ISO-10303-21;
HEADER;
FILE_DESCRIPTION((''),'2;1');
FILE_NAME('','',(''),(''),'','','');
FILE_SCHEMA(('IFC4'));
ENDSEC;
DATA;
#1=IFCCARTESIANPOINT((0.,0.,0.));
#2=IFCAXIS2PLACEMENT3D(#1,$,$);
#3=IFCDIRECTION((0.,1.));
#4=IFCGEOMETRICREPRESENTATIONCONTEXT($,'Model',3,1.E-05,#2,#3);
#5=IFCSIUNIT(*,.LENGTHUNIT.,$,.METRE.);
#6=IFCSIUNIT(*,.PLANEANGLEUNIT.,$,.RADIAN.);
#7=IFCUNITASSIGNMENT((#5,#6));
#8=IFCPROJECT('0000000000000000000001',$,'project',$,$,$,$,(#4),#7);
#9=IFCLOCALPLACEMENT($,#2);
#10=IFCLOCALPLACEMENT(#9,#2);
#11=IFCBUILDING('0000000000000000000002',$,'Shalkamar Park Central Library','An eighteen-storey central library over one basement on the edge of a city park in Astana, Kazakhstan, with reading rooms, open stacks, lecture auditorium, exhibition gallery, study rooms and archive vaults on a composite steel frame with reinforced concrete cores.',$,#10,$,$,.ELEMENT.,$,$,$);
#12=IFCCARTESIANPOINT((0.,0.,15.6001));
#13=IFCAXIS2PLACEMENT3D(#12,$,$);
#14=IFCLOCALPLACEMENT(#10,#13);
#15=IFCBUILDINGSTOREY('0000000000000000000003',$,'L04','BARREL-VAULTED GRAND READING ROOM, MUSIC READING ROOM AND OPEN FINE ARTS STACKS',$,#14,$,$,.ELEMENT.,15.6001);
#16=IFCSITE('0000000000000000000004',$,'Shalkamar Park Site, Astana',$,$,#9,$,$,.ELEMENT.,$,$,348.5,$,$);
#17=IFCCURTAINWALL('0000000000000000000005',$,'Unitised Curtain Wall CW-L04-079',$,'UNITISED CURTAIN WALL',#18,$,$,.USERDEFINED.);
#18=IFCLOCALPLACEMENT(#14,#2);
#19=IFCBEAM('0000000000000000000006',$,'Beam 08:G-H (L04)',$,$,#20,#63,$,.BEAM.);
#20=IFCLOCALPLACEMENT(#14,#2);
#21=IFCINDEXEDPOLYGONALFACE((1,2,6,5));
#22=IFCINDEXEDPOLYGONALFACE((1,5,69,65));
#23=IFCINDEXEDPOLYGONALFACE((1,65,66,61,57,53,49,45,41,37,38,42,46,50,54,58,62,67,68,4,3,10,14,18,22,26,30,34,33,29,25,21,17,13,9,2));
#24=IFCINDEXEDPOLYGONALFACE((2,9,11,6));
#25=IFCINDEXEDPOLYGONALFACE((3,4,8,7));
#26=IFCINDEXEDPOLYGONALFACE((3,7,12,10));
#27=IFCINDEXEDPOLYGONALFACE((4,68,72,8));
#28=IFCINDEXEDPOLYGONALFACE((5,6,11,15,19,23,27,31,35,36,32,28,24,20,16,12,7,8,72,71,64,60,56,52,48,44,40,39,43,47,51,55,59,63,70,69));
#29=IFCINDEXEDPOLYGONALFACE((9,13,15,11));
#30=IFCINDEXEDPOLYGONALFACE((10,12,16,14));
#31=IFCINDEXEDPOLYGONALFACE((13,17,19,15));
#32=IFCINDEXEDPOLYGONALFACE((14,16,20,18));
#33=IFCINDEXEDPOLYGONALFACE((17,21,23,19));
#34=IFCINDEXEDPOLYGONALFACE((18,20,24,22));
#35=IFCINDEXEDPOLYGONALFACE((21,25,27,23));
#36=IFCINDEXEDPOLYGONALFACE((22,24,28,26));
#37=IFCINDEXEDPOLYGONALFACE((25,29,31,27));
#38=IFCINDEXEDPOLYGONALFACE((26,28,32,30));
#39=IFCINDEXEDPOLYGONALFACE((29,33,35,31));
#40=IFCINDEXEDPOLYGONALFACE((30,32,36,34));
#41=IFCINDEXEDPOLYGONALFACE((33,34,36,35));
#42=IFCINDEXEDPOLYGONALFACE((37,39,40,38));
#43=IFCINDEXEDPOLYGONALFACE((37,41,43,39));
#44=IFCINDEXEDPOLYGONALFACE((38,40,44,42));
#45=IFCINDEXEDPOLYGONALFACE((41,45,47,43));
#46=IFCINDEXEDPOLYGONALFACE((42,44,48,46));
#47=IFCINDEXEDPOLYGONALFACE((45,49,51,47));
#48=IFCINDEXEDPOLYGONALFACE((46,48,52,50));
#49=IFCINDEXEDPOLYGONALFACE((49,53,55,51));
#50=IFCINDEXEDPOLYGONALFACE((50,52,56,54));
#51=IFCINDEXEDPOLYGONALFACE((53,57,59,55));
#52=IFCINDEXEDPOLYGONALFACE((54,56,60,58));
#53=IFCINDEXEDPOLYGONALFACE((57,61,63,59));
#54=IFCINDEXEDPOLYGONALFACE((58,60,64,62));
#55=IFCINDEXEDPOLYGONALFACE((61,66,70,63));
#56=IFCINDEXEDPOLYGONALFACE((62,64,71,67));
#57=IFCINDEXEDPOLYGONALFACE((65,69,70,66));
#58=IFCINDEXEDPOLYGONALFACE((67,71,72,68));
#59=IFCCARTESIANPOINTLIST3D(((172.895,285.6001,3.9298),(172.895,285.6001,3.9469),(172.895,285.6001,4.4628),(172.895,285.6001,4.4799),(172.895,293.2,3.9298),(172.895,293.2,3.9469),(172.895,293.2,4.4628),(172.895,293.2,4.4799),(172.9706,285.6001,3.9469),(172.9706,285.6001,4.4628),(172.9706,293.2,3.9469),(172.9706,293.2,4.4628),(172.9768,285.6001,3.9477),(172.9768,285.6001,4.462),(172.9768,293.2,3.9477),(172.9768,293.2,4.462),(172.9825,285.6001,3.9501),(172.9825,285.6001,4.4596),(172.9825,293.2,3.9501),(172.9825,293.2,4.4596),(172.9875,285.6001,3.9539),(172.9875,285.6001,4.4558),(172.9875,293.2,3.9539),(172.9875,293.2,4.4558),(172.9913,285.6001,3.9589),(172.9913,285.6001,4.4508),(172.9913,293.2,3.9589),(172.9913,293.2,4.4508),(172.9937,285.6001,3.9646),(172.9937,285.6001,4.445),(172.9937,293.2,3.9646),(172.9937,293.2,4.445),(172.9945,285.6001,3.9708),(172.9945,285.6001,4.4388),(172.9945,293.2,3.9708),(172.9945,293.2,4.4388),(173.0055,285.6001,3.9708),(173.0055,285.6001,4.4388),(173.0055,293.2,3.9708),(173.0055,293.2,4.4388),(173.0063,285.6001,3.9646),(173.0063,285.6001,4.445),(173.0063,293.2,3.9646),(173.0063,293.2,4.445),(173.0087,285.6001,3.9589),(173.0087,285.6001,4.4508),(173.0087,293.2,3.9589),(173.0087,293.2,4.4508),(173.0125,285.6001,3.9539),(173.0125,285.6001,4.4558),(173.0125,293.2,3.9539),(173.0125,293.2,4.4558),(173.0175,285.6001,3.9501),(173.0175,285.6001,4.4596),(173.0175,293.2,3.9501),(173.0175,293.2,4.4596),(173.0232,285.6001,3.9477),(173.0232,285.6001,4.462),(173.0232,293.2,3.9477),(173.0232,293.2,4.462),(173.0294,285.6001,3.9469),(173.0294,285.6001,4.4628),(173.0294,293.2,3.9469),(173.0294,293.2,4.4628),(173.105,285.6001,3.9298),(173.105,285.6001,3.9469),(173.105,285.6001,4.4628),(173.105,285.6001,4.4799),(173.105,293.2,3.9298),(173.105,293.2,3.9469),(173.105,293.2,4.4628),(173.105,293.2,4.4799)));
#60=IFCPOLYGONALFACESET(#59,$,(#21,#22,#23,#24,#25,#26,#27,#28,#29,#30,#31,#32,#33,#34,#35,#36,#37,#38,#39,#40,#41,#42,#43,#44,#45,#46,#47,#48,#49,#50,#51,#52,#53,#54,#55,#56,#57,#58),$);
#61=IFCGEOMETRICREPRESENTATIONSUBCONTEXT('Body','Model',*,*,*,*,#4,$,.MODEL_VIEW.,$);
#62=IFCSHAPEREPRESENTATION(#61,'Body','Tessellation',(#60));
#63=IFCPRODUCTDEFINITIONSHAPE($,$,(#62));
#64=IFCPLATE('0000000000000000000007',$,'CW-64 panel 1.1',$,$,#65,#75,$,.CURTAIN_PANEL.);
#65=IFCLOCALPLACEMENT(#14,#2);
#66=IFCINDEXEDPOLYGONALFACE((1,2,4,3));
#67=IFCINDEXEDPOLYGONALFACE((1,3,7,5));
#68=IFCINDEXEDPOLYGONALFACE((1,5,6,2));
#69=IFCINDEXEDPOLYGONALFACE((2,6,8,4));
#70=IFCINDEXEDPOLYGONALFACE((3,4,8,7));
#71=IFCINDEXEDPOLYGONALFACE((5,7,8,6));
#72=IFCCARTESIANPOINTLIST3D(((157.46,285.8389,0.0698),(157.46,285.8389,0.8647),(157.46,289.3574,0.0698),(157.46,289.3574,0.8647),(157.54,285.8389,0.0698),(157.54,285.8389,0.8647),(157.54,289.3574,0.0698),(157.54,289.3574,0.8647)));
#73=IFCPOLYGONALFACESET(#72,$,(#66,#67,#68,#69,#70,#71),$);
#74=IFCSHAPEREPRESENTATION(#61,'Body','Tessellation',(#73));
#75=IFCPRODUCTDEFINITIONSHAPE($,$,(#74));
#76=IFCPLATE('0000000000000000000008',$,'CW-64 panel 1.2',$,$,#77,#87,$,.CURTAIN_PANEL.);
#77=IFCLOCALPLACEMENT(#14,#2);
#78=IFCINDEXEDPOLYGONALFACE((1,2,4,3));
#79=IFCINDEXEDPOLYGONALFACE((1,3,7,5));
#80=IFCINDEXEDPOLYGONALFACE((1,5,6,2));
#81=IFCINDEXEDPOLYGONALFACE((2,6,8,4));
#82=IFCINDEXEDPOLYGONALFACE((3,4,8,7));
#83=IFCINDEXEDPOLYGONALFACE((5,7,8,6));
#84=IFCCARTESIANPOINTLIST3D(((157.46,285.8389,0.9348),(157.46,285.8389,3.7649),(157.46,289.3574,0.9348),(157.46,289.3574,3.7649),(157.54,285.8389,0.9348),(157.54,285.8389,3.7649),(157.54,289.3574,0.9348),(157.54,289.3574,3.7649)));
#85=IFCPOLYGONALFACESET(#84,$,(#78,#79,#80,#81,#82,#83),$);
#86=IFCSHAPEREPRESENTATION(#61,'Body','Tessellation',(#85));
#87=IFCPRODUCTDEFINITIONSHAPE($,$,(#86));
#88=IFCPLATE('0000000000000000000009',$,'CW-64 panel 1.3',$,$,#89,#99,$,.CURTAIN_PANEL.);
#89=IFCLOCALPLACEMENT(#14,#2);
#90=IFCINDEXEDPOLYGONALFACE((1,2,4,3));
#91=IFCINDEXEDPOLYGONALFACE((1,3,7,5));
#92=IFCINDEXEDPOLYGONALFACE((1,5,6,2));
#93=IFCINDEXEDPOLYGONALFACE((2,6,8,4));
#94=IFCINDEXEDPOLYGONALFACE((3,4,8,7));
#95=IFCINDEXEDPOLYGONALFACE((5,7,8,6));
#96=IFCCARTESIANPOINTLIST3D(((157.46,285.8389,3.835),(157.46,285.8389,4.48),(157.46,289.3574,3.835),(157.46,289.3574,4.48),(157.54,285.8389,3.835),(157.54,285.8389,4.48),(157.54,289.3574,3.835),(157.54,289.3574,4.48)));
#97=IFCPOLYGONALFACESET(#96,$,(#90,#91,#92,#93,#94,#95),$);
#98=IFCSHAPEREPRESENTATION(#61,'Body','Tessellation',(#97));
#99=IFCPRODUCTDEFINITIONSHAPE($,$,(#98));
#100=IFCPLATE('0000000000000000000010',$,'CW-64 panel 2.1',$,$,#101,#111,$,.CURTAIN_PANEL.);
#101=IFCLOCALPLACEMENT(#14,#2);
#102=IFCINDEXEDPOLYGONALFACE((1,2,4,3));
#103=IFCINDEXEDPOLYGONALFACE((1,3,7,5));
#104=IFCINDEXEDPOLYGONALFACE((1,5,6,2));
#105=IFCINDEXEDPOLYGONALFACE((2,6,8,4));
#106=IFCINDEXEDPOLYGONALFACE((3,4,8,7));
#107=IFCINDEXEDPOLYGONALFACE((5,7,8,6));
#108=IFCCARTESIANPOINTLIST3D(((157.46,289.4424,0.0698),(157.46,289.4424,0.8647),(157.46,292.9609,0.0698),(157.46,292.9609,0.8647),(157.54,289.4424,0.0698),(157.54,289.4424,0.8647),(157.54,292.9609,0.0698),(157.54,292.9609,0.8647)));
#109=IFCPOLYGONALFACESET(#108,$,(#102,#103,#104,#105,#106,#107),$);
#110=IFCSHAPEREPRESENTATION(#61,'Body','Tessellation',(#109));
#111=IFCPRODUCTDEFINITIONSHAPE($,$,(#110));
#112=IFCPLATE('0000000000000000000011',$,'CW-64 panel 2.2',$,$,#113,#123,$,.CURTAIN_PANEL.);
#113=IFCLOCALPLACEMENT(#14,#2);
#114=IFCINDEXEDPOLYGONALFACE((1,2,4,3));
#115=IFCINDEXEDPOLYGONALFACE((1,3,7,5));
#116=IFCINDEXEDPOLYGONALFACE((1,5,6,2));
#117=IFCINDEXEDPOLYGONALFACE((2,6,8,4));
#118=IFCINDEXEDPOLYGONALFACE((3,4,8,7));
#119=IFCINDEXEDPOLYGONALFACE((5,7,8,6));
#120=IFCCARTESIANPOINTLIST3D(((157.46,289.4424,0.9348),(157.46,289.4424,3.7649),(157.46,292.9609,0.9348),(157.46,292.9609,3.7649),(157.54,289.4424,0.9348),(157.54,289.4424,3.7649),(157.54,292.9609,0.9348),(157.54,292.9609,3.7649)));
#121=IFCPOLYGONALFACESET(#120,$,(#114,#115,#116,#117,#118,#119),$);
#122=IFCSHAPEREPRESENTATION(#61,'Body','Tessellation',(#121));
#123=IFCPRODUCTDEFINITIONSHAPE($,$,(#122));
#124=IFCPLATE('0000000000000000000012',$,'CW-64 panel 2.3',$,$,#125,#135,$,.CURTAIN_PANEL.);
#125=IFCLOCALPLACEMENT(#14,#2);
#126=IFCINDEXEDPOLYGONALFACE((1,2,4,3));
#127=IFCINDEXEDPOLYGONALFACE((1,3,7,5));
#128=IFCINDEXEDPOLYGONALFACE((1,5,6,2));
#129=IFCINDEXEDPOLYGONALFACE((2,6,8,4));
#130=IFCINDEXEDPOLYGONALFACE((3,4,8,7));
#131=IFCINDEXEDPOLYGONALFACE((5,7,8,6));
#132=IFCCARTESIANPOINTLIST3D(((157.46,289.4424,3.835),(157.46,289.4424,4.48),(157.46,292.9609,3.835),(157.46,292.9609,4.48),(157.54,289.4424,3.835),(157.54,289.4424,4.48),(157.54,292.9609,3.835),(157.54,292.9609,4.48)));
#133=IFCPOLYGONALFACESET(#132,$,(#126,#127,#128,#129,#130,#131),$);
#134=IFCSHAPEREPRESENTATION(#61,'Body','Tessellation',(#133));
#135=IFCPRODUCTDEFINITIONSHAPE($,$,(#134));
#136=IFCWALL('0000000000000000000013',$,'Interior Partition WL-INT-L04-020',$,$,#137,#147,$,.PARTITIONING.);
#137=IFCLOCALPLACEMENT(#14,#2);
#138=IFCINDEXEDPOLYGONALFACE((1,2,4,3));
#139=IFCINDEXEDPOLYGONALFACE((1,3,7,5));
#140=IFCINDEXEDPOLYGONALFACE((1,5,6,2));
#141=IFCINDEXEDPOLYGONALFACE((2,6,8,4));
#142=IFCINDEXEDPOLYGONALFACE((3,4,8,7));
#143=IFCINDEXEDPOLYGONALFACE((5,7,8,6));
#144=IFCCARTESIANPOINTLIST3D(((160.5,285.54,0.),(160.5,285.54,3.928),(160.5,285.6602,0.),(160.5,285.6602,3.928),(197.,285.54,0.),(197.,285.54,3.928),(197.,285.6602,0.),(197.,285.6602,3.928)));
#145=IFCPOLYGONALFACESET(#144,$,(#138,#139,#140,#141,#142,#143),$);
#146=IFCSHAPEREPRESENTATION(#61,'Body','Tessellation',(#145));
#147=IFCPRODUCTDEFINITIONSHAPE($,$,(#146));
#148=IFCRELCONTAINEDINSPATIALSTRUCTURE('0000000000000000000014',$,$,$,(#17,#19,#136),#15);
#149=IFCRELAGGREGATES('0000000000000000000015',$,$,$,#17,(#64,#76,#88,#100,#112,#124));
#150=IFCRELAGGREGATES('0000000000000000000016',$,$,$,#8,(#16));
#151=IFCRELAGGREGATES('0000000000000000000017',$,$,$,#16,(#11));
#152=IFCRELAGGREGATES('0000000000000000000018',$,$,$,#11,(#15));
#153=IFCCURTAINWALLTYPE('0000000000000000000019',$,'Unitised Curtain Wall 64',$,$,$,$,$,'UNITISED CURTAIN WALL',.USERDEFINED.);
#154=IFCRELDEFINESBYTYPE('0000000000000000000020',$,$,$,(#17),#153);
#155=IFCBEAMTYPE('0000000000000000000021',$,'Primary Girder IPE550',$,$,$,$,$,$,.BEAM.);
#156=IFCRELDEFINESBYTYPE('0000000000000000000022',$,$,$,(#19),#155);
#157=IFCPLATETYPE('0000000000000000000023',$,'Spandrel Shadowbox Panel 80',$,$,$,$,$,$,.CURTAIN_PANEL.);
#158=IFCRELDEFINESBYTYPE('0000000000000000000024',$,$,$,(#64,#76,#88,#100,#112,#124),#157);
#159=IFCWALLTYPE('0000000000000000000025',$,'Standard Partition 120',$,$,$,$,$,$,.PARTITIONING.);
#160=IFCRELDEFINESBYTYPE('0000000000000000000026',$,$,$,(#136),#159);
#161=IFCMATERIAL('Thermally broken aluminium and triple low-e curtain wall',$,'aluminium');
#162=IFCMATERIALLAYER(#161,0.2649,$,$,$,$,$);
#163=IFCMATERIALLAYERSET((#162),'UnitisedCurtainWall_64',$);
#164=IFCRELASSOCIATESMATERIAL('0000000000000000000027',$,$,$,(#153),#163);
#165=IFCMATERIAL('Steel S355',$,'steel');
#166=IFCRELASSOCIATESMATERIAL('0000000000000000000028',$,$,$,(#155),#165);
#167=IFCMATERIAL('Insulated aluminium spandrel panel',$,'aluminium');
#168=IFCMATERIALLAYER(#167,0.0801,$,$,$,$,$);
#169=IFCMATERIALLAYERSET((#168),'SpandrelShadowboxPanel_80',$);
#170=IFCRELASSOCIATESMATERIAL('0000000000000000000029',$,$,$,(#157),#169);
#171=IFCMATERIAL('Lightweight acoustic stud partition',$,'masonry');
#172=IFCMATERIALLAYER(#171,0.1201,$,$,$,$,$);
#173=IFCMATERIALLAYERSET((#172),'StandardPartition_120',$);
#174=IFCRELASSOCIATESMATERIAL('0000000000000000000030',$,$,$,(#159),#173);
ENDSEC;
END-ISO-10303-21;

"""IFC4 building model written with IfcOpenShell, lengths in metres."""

from ifc_helpers import new_model, si_unit, direction, frame, frame_2d, origin, origin_2d, place, context, subcontext, project, spatial, rectangle, i_section, extrude, material, layer, layer_set, material_profile, profile_set, type_object, element, aggregate, save


model = new_model("IFC4")

# Units and contexts
model_context = context("Model", 3, precision=1e-05, world=origin(), true_north=direction((0.0, 1.0)))
body_context = subcontext(model_context, "Body", "Model", "MODEL_VIEW")
ifc_project = project(units=[si_unit("LENGTHUNIT", "METRE"), si_unit("PLANEANGLEUNIT", "RADIAN")], contexts=[model_context])

# Site, building, storey
site_placement = place(None, origin())
site = spatial("IfcSite", under=ifc_project, at=site_placement, Name="Shalkamar Park Site, Astana", CompositionType="ELEMENT", RefElevation=348.5)
building_placement = place(site_placement, origin())
building = spatial("IfcBuilding", under=site, at=building_placement, Name="Shalkamar Park Central Library", Description="An eighteen-storey central library over one basement on the edge of a city park in Astana, Kazakhstan, with reading rooms, open stacks, lecture auditorium, exhibition gallery, study rooms and archive vaults on a composite steel frame with reinforced concrete cores.", CompositionType="ELEMENT")
storey_placement = place(building_placement, frame((0.0, 0.0, 15.6001)))
storey = spatial("IfcBuildingStorey", under=building, at=storey_placement, Name="L04", Description="BARREL-VAULTED GRAND READING ROOM, MUSIC READING ROOM AND OPEN FINE ARTS STACKS", CompositionType="ELEMENT", Elevation=15.6001)

# Shared definitions
ifc_material_1 = material(Name="Steel S355", Category="steel")

# Curtain wall
ifc_material_2 = material(Name="Thermally broken aluminium and triple low-e curtain wall", Category="aluminium")
ifc_layer_1 = layer(ifc_material_2, 0.2649)
ifc_layer_set_1 = layer_set([ifc_layer_1], Name="UnitisedCurtainWall_64")
curtain_wall_type = type_object("IfcCurtainWallType", Name="Unitised Curtain Wall 64", ElementType="UNITISED CURTAIN WALL", PredefinedType="USERDEFINED", material=ifc_layer_set_1)
curtain_wall_placement = place(storey_placement, origin())
curtain_wall = element("IfcCurtainWall", 1, at=curtain_wall_placement, inside=storey, type_object=curtain_wall_type, Name="Unitised Curtain Wall CW-L04-079", ObjectType="UNITISED CURTAIN WALL", PredefinedType="USERDEFINED")

# Beam
ifc_material_profile_1 = material_profile(ifc_material_1, i_section(OverallWidth=0.21, OverallDepth=0.55, WebThickness=0.011, FlangeThickness=0.0171, FilletRadius=0.0239, at=origin_2d()), Name="IPE 550")
ifc_profile_set_1 = profile_set([ifc_material_profile_1], Name="Steel S355")
beam_type_1 = type_object("IfcBeamType", Name="Primary Girder IPE550", PredefinedType="BEAM", material=ifc_profile_set_1)
beam_1_placement = place(storey_placement, frame((173.0, 285.6001, 4.2048), z_axis=(0.0, 1.0, 0.0), x_axis=(-1.0, 0.0, 0.0)))
element("IfcBeam", 2, at=beam_1_placement, inside=storey, type_object=beam_type_1, Name="Beam 08:G-H (L04)", PredefinedType="BEAM", context=body_context, shape_type="SweptSolid", body=[
    extrude(i_section(OverallWidth=0.21, OverallDepth=0.55, WebThickness=0.011, FlangeThickness=0.0171, FilletRadius=0.0239, at=origin_2d()), origin(), (0.0, 0.0, 1.0), 7.5999),
])

# Plates
ifc_material_3 = material(Name="Insulated aluminium spandrel panel", Category="aluminium")
ifc_layer_2 = layer(ifc_material_3, 0.0801)
ifc_layer_set_2 = layer_set([ifc_layer_2], Name="SpandrelShadowboxPanel_80")
plate_type = type_object("IfcPlateType", Name="Spandrel Shadowbox Panel 80", PredefinedType="CURTAIN_PANEL", material=ifc_layer_set_2)
plate_1_placement = place(storey_placement, frame((157.5, 287.5981, 0.0698), z_axis=(0.0, 0.0, 1.0), x_axis=(0.0, 1.0, 0.0)))
plate_1 = element("IfcPlate", 3, at=plate_1_placement, type_object=plate_type, Name="CW-64 panel 1.1", PredefinedType="CURTAIN_PANEL", context=body_context, shape_type="SweptSolid", body=[
    extrude(rectangle(XDim=3.5186, YDim=0.0801, at=origin_2d()), origin(), (0.0, 0.0, 1.0), 0.7949),
])
plate_2_placement = place(storey_placement, frame((157.5, 287.5981, 0.9348), z_axis=(0.0, 0.0, 1.0), x_axis=(0.0, 1.0, 0.0)))
plate_2 = element("IfcPlate", 4, at=plate_2_placement, type_object=plate_type, Name="CW-64 panel 1.2", PredefinedType="CURTAIN_PANEL", context=body_context, shape_type="SweptSolid", body=[
    extrude(rectangle(XDim=3.5186, YDim=0.0801, at=origin_2d()), origin(), (0.0, 0.0, 1.0), 2.8301),
])
plate_3_placement = place(storey_placement, frame((157.5, 287.5981, 3.835), z_axis=(0.0, 0.0, 1.0), x_axis=(0.0, 1.0, 0.0)))
plate_3 = element("IfcPlate", 5, at=plate_3_placement, type_object=plate_type, Name="CW-64 panel 1.3", PredefinedType="CURTAIN_PANEL", context=body_context, shape_type="SweptSolid", body=[
    extrude(rectangle(XDim=3.5186, YDim=0.0801, at=origin_2d()), origin(), (0.0, 0.0, 1.0), 0.645),
])
plate_4_placement = place(storey_placement, frame((157.5, 291.2017, 0.0698), z_axis=(0.0, 0.0, 1.0), x_axis=(0.0, 1.0, 0.0)))
plate_4 = element("IfcPlate", 6, at=plate_4_placement, type_object=plate_type, Name="CW-64 panel 2.1", PredefinedType="CURTAIN_PANEL", context=body_context, shape_type="SweptSolid", body=[
    extrude(rectangle(XDim=3.5186, YDim=0.0801, at=origin_2d()), origin(), (0.0, 0.0, 1.0), 0.7949),
])
plate_5_placement = place(storey_placement, frame((157.5, 291.2017, 0.9348), z_axis=(0.0, 0.0, 1.0), x_axis=(0.0, 1.0, 0.0)))
plate_5 = element("IfcPlate", 7, at=plate_5_placement, type_object=plate_type, Name="CW-64 panel 2.2", PredefinedType="CURTAIN_PANEL", context=body_context, shape_type="SweptSolid", body=[
    extrude(rectangle(XDim=3.5186, YDim=0.0801, at=origin_2d()), origin(), (0.0, 0.0, 1.0), 2.8301),
])
plate_6_placement = place(storey_placement, frame((157.5, 291.2017, 3.835), z_axis=(0.0, 0.0, 1.0), x_axis=(0.0, 1.0, 0.0)))
plate_6 = element("IfcPlate", 8, at=plate_6_placement, type_object=plate_type, Name="CW-64 panel 2.3", PredefinedType="CURTAIN_PANEL", context=body_context, shape_type="SweptSolid", body=[
    extrude(rectangle(XDim=3.5186, YDim=0.0801, at=origin_2d()), origin(), (0.0, 0.0, 1.0), 0.645),
])
aggregate(curtain_wall, [plate_1, plate_2, plate_3, plate_4, plate_5, plate_6])

# Wall
ifc_material_4 = material(Name="Lightweight acoustic stud partition", Category="masonry")
ifc_layer_3 = layer(ifc_material_4, 0.1201)
ifc_layer_set_3 = layer_set([ifc_layer_3], Name="StandardPartition_120")
wall_type = type_object("IfcWallType", Name="Standard Partition 120", PredefinedType="PARTITIONING", material=ifc_layer_set_3)
wall_placement = place(storey_placement, frame((160.5, 285.6001, 0.0), z_axis=(0.0, 0.0, 1.0), x_axis=(1.0, 0.0, 0.0)))
element("IfcWall", 9, at=wall_placement, inside=storey, type_object=wall_type, Name="Interior Partition WL-INT-L04-020", PredefinedType="PARTITIONING", context=body_context, shape_type="SweptSolid", body=[
    extrude(rectangle(XDim=36.5, YDim=0.1201, at=frame_2d((18.25, 0.0))), origin(), (0.0, 0.0, 1.0), 3.928),
])

save(model, "model.ifc")
